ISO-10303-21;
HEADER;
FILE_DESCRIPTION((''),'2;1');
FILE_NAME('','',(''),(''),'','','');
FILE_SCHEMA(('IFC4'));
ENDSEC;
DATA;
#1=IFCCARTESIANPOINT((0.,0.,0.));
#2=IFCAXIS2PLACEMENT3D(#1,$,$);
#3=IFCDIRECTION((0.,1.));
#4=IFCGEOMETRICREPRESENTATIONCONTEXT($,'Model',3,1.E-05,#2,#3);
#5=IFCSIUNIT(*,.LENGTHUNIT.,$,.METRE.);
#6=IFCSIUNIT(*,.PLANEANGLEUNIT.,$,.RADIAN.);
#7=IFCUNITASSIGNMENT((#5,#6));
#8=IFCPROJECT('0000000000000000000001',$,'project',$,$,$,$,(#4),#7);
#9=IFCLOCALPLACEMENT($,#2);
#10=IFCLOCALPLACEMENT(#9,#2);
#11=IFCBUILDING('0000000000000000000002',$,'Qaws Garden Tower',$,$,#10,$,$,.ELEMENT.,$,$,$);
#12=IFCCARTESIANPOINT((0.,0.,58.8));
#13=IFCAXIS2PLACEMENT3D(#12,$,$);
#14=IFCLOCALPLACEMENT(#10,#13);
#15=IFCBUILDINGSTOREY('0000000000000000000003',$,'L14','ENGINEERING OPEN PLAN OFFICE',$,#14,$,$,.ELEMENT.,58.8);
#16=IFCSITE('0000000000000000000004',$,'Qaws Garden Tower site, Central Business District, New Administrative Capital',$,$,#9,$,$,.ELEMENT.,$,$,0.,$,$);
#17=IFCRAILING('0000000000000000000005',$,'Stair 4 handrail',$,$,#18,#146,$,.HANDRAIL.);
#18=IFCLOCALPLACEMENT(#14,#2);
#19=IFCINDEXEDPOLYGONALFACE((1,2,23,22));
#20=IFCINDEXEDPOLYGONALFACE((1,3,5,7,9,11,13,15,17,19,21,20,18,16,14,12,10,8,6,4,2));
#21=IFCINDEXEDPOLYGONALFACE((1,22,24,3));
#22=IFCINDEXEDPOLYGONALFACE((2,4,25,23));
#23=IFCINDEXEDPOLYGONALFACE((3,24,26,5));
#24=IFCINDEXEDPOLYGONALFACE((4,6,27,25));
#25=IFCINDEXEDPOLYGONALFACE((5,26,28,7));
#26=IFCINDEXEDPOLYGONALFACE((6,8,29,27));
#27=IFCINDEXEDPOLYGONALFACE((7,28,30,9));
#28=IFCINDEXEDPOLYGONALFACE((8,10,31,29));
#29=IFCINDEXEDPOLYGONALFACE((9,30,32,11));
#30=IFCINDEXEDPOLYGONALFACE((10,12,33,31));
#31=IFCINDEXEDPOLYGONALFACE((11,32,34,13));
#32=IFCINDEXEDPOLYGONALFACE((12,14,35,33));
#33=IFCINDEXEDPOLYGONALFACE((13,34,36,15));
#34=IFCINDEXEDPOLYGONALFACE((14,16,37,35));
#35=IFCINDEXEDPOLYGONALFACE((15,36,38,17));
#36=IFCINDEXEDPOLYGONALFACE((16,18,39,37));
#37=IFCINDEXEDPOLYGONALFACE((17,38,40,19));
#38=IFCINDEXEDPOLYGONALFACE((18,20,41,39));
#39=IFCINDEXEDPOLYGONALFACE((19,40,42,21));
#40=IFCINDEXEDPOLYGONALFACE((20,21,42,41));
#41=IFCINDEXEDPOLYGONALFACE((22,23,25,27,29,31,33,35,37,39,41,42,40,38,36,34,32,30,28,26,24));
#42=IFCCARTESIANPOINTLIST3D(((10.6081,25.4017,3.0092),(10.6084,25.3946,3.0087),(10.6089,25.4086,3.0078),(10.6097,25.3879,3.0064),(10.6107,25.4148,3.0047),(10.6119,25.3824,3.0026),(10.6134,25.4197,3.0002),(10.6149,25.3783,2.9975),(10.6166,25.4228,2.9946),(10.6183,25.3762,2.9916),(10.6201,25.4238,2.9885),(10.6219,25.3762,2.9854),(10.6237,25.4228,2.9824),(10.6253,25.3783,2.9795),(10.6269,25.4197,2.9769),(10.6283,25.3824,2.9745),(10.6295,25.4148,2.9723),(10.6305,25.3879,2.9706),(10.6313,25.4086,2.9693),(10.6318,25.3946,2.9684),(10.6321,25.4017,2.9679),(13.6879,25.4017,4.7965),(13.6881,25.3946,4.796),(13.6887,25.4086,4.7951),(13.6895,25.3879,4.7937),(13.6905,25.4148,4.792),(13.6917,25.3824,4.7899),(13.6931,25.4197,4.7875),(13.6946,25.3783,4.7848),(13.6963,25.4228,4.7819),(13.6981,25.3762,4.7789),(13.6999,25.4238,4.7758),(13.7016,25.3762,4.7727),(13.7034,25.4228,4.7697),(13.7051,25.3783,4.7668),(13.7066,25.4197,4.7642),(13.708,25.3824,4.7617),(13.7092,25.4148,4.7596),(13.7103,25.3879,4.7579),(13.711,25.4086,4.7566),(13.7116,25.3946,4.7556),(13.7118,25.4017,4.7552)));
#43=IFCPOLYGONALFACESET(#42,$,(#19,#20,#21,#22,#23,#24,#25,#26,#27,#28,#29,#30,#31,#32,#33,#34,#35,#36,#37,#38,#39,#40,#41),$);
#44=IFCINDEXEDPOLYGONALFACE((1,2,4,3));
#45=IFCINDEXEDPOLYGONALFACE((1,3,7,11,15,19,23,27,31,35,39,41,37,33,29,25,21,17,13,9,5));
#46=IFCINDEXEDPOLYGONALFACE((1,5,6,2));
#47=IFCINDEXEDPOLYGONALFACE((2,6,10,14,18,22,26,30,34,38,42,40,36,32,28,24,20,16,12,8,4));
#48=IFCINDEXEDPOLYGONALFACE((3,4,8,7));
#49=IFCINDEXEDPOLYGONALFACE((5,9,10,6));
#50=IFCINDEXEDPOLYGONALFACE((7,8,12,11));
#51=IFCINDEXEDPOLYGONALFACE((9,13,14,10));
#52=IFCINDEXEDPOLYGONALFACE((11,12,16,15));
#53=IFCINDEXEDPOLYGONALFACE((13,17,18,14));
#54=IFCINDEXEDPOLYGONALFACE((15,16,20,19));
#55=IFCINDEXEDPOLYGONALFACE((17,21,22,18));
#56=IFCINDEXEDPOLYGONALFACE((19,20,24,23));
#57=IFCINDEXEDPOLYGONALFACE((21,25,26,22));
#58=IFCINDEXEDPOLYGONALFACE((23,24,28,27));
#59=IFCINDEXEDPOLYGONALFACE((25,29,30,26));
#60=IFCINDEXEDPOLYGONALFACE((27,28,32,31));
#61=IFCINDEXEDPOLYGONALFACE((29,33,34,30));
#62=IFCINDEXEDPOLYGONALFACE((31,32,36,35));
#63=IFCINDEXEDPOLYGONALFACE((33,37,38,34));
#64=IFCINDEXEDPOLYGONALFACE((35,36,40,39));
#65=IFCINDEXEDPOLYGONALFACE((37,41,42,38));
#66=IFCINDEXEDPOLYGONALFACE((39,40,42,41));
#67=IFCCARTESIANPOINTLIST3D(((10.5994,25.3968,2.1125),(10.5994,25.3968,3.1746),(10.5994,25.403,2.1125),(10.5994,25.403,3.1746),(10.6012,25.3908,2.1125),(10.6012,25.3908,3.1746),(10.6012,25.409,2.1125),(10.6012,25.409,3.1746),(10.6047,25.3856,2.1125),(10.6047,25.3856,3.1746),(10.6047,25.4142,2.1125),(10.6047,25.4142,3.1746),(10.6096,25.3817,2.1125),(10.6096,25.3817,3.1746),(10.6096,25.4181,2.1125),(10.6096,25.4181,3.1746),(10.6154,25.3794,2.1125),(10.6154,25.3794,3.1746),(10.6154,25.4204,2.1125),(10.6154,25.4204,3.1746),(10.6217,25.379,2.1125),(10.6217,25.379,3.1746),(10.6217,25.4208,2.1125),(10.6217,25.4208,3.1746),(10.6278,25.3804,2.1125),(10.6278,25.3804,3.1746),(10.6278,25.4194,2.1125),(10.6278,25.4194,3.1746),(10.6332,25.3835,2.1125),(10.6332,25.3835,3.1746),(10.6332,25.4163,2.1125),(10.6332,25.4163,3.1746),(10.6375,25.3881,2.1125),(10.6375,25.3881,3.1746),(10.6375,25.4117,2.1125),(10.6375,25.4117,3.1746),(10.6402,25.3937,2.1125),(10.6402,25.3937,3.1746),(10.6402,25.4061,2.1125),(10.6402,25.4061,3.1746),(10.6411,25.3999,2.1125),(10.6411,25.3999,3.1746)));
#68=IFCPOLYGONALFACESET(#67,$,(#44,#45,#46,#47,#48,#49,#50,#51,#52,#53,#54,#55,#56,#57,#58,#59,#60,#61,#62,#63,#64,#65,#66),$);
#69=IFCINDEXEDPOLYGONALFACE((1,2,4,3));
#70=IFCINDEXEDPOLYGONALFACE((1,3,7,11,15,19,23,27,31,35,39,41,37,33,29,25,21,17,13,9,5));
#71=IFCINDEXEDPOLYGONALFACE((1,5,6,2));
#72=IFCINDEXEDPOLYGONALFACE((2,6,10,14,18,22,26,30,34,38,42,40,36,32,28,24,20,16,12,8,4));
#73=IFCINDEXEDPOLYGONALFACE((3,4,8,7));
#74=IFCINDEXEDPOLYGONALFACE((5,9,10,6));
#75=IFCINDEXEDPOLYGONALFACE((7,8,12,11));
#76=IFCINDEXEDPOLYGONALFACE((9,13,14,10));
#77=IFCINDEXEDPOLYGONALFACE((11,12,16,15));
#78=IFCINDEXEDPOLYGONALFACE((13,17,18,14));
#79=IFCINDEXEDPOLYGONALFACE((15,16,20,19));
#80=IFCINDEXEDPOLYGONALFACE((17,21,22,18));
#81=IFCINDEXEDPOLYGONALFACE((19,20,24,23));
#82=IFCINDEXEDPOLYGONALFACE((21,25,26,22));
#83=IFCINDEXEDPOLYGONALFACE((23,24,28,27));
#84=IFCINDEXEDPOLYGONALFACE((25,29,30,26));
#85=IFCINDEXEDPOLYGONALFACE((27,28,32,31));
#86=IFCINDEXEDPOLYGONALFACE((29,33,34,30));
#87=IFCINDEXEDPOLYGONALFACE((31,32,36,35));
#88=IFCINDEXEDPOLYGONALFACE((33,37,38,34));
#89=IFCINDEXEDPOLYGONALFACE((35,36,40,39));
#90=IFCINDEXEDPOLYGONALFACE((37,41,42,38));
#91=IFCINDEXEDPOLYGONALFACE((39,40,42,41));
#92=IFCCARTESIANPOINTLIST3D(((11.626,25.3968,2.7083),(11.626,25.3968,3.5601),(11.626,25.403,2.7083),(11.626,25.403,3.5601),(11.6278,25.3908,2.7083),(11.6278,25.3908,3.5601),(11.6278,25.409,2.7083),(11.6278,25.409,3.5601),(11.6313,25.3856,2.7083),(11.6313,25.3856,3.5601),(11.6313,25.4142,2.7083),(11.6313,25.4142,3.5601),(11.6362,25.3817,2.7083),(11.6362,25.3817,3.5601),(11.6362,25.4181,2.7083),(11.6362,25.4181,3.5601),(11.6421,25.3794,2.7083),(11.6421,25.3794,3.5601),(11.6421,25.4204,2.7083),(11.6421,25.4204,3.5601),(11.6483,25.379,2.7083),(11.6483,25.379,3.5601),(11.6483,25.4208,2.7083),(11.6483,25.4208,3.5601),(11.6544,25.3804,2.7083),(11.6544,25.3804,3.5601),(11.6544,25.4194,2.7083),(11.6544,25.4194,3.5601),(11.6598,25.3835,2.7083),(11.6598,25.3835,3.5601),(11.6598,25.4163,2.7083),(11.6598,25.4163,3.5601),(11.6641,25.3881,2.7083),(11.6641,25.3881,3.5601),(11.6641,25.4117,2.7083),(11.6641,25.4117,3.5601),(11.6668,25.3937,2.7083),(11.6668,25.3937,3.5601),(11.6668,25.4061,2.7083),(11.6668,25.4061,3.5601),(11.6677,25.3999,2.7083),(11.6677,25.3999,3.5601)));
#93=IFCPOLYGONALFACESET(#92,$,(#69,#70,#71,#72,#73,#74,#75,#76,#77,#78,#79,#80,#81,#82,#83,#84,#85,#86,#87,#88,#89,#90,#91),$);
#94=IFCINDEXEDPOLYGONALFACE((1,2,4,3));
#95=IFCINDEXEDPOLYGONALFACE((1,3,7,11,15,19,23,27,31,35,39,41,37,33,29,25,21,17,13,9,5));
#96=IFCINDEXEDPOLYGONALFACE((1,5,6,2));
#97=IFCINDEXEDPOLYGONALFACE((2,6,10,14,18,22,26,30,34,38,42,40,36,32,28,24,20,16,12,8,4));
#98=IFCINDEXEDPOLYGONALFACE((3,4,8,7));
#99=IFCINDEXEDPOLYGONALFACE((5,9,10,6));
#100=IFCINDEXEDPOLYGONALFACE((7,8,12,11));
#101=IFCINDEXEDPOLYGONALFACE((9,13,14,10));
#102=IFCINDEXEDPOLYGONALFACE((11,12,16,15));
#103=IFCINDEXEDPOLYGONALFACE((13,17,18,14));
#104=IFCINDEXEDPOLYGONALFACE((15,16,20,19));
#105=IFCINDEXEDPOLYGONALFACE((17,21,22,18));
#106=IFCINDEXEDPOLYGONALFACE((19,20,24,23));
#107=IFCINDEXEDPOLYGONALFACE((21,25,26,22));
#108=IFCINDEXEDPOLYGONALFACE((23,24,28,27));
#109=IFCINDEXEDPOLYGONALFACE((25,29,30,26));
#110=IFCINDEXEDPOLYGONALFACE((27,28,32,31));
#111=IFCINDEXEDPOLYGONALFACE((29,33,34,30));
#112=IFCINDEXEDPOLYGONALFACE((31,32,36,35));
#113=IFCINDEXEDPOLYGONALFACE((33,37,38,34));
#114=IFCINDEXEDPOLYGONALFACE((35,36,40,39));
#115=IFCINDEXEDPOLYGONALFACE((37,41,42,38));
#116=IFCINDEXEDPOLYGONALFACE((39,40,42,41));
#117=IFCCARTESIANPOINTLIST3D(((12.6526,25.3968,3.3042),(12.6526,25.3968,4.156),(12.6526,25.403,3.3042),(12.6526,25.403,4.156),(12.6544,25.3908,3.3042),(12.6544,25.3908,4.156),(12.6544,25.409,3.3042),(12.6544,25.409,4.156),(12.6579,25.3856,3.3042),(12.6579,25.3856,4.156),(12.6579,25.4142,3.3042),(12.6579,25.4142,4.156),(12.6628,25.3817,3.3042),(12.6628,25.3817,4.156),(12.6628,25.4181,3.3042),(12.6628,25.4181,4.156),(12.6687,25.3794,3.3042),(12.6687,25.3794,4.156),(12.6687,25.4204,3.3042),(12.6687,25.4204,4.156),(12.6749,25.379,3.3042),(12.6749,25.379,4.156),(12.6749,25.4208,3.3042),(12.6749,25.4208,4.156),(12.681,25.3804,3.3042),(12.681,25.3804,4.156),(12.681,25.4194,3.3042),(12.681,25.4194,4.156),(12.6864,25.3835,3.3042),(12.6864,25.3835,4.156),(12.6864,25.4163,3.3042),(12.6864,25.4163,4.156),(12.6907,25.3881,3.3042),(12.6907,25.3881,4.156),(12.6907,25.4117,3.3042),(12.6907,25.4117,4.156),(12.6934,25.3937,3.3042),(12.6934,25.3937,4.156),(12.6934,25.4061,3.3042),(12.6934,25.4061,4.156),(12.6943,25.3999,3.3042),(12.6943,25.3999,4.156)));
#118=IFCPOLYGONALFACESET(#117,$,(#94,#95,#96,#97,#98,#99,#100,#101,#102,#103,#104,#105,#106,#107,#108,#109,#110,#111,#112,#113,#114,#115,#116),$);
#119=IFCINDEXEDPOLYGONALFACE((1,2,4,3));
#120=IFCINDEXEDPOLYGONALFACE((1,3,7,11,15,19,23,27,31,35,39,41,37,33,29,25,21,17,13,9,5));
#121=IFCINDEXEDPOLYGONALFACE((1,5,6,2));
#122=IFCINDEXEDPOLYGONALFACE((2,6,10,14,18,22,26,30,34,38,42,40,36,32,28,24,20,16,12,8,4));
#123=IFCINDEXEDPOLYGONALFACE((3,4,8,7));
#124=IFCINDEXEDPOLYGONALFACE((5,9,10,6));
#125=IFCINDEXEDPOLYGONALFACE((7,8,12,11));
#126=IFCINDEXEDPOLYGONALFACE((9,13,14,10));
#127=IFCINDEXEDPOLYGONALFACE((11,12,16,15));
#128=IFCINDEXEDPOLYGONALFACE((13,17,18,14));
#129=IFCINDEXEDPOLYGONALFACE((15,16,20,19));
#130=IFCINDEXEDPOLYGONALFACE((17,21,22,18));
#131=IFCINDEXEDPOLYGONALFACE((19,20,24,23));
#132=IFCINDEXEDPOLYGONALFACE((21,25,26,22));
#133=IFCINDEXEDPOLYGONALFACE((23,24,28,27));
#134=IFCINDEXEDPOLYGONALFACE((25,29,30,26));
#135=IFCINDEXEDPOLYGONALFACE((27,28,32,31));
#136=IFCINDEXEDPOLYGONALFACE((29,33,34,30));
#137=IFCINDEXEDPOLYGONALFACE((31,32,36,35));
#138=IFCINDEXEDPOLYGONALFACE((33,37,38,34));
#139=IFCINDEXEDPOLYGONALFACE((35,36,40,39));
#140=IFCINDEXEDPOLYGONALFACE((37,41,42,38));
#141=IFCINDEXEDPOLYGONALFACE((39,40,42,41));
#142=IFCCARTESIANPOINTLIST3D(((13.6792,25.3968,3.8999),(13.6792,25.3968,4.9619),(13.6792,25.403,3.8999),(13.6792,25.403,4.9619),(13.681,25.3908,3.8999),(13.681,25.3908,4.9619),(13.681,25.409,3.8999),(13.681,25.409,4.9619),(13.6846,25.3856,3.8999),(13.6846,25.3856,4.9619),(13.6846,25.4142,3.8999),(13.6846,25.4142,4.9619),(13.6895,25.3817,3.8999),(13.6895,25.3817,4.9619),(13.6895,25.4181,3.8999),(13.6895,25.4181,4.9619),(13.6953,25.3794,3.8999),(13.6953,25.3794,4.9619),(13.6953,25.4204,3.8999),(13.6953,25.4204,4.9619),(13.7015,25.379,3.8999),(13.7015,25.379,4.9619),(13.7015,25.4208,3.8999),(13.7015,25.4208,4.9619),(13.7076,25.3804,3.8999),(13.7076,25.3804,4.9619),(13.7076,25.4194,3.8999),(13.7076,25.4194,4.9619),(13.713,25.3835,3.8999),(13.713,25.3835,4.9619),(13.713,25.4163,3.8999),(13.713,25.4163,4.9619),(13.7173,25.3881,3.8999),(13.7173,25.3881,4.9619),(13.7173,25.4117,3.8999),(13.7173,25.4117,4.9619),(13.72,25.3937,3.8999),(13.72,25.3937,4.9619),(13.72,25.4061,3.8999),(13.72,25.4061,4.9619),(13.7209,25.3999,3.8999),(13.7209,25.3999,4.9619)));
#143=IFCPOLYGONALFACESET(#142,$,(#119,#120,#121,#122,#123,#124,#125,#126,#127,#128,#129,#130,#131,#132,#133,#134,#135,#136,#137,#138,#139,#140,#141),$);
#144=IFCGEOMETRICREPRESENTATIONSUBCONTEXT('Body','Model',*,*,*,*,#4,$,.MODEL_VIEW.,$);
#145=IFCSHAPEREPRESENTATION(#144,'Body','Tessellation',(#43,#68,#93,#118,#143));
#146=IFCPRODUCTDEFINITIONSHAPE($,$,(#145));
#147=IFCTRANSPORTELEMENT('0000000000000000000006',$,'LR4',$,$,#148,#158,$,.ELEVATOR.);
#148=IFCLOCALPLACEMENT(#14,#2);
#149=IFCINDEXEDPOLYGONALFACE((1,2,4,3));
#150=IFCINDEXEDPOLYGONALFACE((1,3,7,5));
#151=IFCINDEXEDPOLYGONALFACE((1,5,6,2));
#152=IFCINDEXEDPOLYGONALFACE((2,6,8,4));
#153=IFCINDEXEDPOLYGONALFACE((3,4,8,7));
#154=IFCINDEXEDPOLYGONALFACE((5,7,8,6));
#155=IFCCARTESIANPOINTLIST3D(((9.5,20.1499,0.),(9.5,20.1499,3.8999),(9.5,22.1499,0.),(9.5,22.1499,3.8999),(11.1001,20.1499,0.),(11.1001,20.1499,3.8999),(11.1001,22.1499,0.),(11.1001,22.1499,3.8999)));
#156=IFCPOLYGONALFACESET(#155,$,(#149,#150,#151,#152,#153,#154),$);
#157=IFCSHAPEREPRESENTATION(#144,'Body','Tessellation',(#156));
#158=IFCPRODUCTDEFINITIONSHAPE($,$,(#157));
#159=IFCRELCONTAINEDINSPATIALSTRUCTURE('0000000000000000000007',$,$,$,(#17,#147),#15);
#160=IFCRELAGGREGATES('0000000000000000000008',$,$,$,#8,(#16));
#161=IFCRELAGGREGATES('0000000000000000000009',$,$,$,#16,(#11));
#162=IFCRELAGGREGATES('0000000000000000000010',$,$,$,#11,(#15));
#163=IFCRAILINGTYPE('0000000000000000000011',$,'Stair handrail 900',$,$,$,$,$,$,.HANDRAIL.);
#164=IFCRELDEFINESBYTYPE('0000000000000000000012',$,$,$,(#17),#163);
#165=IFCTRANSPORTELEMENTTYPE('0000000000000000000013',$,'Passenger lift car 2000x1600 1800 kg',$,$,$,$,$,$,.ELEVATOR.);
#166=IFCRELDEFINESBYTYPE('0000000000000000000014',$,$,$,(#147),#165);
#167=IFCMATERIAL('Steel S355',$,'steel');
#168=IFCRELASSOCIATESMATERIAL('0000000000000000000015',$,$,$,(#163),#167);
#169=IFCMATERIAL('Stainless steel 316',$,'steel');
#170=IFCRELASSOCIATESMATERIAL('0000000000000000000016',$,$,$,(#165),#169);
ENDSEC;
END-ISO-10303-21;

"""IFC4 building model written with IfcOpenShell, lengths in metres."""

from ifc_helpers import new_model, si_unit, direction, frame, origin, origin_2d, place, context, subcontext, project, spatial, rectangle, circle, extrude, material, type_object, element, save


model = new_model("IFC4")

# Units and contexts
model_context = context("Model", 3, precision=1e-05, world=origin(), true_north=direction((0.0, 1.0)))
body_context = subcontext(model_context, "Body", "Model", "MODEL_VIEW")
ifc_project = project(units=[si_unit("LENGTHUNIT", "METRE"), si_unit("PLANEANGLEUNIT", "RADIAN")], contexts=[model_context])

# Site, building, storey
site_placement = place(None, origin())
site = spatial("IfcSite", under=ifc_project, at=site_placement, Name="Qaws Garden Tower site, Central Business District, New Administrative Capital", CompositionType="ELEMENT", RefElevation=0.0)
building_placement = place(site_placement, origin())
building = spatial("IfcBuilding", under=site, at=building_placement, Name="Qaws Garden Tower", CompositionType="ELEMENT")
storey_placement = place(building_placement, frame((0.0, 0.0, 58.8)))
storey = spatial("IfcBuildingStorey", under=building, at=storey_placement, Name="L14", Description="ENGINEERING OPEN PLAN OFFICE", CompositionType="ELEMENT", Elevation=58.8)

# Railing
ifc_material_1 = material(Name="Steel S355", Category="steel")
railing_type = type_object("IfcRailingType", Name="Stair handrail 900", PredefinedType="HANDRAIL", material=ifc_material_1)
railing_1_placement = place(storey_placement, frame((10.6201, 25.3999, 2.1125)))
element("IfcRailing", 1, at=railing_1_placement, inside=storey, type_object=railing_type, Name="Stair 4 handrail", PredefinedType="HANDRAIL", context=body_context, shape_type="SweptSolid", body=[
    extrude(circle(Radius=0.0239, at=origin_2d()), frame((0.0, 0.0, 0.876), z_axis=(0.864903, 0.0, 0.501939), x_axis=(0.0, 1.0, 0.0)), (0.0, 0.0, 1.0), 3.5608),
    extrude(circle(Radius=0.021, at=origin_2d()), origin(), (0.0, 0.0, 1.0), 1.062),
    extrude(circle(Radius=0.021, at=origin_2d()), frame((1.0266, 0.0, 0.5957)), (0.0, 0.0, 1.0), 0.8518),
    extrude(circle(Radius=0.021, at=origin_2d()), frame((2.0532, 0.0, 1.1917)), (0.0, 0.0, 1.0), 0.8518),
    extrude(circle(Radius=0.021, at=origin_2d()), frame((3.0798, 0.0, 1.7874)), (0.0, 0.0, 1.0), 1.062),
])

# Transport element
ifc_material_2 = material(Name="Stainless steel 316", Category="steel")
transport_element_type = type_object("IfcTransportElementType", Name="Passenger lift car 2000x1600 1800 kg", PredefinedType="ELEVATOR", material=ifc_material_2)
transport_element_placement = place(storey_placement, frame((10.3, 21.1499, 0.0), z_axis=(0.0, 0.0, 1.0), x_axis=(1.0, 0.0, 0.0)))
element("IfcTransportElement", 2, at=transport_element_placement, inside=storey, type_object=transport_element_type, Name="LR4", PredefinedType="ELEVATOR", context=body_context, shape_type="SweptSolid", body=[
    extrude(rectangle(XDim=1.6001, YDim=2.0, at=origin_2d()), origin(), (0.0, 0.0, 1.0), 3.8999),
])

save(model, "model.ifc")
